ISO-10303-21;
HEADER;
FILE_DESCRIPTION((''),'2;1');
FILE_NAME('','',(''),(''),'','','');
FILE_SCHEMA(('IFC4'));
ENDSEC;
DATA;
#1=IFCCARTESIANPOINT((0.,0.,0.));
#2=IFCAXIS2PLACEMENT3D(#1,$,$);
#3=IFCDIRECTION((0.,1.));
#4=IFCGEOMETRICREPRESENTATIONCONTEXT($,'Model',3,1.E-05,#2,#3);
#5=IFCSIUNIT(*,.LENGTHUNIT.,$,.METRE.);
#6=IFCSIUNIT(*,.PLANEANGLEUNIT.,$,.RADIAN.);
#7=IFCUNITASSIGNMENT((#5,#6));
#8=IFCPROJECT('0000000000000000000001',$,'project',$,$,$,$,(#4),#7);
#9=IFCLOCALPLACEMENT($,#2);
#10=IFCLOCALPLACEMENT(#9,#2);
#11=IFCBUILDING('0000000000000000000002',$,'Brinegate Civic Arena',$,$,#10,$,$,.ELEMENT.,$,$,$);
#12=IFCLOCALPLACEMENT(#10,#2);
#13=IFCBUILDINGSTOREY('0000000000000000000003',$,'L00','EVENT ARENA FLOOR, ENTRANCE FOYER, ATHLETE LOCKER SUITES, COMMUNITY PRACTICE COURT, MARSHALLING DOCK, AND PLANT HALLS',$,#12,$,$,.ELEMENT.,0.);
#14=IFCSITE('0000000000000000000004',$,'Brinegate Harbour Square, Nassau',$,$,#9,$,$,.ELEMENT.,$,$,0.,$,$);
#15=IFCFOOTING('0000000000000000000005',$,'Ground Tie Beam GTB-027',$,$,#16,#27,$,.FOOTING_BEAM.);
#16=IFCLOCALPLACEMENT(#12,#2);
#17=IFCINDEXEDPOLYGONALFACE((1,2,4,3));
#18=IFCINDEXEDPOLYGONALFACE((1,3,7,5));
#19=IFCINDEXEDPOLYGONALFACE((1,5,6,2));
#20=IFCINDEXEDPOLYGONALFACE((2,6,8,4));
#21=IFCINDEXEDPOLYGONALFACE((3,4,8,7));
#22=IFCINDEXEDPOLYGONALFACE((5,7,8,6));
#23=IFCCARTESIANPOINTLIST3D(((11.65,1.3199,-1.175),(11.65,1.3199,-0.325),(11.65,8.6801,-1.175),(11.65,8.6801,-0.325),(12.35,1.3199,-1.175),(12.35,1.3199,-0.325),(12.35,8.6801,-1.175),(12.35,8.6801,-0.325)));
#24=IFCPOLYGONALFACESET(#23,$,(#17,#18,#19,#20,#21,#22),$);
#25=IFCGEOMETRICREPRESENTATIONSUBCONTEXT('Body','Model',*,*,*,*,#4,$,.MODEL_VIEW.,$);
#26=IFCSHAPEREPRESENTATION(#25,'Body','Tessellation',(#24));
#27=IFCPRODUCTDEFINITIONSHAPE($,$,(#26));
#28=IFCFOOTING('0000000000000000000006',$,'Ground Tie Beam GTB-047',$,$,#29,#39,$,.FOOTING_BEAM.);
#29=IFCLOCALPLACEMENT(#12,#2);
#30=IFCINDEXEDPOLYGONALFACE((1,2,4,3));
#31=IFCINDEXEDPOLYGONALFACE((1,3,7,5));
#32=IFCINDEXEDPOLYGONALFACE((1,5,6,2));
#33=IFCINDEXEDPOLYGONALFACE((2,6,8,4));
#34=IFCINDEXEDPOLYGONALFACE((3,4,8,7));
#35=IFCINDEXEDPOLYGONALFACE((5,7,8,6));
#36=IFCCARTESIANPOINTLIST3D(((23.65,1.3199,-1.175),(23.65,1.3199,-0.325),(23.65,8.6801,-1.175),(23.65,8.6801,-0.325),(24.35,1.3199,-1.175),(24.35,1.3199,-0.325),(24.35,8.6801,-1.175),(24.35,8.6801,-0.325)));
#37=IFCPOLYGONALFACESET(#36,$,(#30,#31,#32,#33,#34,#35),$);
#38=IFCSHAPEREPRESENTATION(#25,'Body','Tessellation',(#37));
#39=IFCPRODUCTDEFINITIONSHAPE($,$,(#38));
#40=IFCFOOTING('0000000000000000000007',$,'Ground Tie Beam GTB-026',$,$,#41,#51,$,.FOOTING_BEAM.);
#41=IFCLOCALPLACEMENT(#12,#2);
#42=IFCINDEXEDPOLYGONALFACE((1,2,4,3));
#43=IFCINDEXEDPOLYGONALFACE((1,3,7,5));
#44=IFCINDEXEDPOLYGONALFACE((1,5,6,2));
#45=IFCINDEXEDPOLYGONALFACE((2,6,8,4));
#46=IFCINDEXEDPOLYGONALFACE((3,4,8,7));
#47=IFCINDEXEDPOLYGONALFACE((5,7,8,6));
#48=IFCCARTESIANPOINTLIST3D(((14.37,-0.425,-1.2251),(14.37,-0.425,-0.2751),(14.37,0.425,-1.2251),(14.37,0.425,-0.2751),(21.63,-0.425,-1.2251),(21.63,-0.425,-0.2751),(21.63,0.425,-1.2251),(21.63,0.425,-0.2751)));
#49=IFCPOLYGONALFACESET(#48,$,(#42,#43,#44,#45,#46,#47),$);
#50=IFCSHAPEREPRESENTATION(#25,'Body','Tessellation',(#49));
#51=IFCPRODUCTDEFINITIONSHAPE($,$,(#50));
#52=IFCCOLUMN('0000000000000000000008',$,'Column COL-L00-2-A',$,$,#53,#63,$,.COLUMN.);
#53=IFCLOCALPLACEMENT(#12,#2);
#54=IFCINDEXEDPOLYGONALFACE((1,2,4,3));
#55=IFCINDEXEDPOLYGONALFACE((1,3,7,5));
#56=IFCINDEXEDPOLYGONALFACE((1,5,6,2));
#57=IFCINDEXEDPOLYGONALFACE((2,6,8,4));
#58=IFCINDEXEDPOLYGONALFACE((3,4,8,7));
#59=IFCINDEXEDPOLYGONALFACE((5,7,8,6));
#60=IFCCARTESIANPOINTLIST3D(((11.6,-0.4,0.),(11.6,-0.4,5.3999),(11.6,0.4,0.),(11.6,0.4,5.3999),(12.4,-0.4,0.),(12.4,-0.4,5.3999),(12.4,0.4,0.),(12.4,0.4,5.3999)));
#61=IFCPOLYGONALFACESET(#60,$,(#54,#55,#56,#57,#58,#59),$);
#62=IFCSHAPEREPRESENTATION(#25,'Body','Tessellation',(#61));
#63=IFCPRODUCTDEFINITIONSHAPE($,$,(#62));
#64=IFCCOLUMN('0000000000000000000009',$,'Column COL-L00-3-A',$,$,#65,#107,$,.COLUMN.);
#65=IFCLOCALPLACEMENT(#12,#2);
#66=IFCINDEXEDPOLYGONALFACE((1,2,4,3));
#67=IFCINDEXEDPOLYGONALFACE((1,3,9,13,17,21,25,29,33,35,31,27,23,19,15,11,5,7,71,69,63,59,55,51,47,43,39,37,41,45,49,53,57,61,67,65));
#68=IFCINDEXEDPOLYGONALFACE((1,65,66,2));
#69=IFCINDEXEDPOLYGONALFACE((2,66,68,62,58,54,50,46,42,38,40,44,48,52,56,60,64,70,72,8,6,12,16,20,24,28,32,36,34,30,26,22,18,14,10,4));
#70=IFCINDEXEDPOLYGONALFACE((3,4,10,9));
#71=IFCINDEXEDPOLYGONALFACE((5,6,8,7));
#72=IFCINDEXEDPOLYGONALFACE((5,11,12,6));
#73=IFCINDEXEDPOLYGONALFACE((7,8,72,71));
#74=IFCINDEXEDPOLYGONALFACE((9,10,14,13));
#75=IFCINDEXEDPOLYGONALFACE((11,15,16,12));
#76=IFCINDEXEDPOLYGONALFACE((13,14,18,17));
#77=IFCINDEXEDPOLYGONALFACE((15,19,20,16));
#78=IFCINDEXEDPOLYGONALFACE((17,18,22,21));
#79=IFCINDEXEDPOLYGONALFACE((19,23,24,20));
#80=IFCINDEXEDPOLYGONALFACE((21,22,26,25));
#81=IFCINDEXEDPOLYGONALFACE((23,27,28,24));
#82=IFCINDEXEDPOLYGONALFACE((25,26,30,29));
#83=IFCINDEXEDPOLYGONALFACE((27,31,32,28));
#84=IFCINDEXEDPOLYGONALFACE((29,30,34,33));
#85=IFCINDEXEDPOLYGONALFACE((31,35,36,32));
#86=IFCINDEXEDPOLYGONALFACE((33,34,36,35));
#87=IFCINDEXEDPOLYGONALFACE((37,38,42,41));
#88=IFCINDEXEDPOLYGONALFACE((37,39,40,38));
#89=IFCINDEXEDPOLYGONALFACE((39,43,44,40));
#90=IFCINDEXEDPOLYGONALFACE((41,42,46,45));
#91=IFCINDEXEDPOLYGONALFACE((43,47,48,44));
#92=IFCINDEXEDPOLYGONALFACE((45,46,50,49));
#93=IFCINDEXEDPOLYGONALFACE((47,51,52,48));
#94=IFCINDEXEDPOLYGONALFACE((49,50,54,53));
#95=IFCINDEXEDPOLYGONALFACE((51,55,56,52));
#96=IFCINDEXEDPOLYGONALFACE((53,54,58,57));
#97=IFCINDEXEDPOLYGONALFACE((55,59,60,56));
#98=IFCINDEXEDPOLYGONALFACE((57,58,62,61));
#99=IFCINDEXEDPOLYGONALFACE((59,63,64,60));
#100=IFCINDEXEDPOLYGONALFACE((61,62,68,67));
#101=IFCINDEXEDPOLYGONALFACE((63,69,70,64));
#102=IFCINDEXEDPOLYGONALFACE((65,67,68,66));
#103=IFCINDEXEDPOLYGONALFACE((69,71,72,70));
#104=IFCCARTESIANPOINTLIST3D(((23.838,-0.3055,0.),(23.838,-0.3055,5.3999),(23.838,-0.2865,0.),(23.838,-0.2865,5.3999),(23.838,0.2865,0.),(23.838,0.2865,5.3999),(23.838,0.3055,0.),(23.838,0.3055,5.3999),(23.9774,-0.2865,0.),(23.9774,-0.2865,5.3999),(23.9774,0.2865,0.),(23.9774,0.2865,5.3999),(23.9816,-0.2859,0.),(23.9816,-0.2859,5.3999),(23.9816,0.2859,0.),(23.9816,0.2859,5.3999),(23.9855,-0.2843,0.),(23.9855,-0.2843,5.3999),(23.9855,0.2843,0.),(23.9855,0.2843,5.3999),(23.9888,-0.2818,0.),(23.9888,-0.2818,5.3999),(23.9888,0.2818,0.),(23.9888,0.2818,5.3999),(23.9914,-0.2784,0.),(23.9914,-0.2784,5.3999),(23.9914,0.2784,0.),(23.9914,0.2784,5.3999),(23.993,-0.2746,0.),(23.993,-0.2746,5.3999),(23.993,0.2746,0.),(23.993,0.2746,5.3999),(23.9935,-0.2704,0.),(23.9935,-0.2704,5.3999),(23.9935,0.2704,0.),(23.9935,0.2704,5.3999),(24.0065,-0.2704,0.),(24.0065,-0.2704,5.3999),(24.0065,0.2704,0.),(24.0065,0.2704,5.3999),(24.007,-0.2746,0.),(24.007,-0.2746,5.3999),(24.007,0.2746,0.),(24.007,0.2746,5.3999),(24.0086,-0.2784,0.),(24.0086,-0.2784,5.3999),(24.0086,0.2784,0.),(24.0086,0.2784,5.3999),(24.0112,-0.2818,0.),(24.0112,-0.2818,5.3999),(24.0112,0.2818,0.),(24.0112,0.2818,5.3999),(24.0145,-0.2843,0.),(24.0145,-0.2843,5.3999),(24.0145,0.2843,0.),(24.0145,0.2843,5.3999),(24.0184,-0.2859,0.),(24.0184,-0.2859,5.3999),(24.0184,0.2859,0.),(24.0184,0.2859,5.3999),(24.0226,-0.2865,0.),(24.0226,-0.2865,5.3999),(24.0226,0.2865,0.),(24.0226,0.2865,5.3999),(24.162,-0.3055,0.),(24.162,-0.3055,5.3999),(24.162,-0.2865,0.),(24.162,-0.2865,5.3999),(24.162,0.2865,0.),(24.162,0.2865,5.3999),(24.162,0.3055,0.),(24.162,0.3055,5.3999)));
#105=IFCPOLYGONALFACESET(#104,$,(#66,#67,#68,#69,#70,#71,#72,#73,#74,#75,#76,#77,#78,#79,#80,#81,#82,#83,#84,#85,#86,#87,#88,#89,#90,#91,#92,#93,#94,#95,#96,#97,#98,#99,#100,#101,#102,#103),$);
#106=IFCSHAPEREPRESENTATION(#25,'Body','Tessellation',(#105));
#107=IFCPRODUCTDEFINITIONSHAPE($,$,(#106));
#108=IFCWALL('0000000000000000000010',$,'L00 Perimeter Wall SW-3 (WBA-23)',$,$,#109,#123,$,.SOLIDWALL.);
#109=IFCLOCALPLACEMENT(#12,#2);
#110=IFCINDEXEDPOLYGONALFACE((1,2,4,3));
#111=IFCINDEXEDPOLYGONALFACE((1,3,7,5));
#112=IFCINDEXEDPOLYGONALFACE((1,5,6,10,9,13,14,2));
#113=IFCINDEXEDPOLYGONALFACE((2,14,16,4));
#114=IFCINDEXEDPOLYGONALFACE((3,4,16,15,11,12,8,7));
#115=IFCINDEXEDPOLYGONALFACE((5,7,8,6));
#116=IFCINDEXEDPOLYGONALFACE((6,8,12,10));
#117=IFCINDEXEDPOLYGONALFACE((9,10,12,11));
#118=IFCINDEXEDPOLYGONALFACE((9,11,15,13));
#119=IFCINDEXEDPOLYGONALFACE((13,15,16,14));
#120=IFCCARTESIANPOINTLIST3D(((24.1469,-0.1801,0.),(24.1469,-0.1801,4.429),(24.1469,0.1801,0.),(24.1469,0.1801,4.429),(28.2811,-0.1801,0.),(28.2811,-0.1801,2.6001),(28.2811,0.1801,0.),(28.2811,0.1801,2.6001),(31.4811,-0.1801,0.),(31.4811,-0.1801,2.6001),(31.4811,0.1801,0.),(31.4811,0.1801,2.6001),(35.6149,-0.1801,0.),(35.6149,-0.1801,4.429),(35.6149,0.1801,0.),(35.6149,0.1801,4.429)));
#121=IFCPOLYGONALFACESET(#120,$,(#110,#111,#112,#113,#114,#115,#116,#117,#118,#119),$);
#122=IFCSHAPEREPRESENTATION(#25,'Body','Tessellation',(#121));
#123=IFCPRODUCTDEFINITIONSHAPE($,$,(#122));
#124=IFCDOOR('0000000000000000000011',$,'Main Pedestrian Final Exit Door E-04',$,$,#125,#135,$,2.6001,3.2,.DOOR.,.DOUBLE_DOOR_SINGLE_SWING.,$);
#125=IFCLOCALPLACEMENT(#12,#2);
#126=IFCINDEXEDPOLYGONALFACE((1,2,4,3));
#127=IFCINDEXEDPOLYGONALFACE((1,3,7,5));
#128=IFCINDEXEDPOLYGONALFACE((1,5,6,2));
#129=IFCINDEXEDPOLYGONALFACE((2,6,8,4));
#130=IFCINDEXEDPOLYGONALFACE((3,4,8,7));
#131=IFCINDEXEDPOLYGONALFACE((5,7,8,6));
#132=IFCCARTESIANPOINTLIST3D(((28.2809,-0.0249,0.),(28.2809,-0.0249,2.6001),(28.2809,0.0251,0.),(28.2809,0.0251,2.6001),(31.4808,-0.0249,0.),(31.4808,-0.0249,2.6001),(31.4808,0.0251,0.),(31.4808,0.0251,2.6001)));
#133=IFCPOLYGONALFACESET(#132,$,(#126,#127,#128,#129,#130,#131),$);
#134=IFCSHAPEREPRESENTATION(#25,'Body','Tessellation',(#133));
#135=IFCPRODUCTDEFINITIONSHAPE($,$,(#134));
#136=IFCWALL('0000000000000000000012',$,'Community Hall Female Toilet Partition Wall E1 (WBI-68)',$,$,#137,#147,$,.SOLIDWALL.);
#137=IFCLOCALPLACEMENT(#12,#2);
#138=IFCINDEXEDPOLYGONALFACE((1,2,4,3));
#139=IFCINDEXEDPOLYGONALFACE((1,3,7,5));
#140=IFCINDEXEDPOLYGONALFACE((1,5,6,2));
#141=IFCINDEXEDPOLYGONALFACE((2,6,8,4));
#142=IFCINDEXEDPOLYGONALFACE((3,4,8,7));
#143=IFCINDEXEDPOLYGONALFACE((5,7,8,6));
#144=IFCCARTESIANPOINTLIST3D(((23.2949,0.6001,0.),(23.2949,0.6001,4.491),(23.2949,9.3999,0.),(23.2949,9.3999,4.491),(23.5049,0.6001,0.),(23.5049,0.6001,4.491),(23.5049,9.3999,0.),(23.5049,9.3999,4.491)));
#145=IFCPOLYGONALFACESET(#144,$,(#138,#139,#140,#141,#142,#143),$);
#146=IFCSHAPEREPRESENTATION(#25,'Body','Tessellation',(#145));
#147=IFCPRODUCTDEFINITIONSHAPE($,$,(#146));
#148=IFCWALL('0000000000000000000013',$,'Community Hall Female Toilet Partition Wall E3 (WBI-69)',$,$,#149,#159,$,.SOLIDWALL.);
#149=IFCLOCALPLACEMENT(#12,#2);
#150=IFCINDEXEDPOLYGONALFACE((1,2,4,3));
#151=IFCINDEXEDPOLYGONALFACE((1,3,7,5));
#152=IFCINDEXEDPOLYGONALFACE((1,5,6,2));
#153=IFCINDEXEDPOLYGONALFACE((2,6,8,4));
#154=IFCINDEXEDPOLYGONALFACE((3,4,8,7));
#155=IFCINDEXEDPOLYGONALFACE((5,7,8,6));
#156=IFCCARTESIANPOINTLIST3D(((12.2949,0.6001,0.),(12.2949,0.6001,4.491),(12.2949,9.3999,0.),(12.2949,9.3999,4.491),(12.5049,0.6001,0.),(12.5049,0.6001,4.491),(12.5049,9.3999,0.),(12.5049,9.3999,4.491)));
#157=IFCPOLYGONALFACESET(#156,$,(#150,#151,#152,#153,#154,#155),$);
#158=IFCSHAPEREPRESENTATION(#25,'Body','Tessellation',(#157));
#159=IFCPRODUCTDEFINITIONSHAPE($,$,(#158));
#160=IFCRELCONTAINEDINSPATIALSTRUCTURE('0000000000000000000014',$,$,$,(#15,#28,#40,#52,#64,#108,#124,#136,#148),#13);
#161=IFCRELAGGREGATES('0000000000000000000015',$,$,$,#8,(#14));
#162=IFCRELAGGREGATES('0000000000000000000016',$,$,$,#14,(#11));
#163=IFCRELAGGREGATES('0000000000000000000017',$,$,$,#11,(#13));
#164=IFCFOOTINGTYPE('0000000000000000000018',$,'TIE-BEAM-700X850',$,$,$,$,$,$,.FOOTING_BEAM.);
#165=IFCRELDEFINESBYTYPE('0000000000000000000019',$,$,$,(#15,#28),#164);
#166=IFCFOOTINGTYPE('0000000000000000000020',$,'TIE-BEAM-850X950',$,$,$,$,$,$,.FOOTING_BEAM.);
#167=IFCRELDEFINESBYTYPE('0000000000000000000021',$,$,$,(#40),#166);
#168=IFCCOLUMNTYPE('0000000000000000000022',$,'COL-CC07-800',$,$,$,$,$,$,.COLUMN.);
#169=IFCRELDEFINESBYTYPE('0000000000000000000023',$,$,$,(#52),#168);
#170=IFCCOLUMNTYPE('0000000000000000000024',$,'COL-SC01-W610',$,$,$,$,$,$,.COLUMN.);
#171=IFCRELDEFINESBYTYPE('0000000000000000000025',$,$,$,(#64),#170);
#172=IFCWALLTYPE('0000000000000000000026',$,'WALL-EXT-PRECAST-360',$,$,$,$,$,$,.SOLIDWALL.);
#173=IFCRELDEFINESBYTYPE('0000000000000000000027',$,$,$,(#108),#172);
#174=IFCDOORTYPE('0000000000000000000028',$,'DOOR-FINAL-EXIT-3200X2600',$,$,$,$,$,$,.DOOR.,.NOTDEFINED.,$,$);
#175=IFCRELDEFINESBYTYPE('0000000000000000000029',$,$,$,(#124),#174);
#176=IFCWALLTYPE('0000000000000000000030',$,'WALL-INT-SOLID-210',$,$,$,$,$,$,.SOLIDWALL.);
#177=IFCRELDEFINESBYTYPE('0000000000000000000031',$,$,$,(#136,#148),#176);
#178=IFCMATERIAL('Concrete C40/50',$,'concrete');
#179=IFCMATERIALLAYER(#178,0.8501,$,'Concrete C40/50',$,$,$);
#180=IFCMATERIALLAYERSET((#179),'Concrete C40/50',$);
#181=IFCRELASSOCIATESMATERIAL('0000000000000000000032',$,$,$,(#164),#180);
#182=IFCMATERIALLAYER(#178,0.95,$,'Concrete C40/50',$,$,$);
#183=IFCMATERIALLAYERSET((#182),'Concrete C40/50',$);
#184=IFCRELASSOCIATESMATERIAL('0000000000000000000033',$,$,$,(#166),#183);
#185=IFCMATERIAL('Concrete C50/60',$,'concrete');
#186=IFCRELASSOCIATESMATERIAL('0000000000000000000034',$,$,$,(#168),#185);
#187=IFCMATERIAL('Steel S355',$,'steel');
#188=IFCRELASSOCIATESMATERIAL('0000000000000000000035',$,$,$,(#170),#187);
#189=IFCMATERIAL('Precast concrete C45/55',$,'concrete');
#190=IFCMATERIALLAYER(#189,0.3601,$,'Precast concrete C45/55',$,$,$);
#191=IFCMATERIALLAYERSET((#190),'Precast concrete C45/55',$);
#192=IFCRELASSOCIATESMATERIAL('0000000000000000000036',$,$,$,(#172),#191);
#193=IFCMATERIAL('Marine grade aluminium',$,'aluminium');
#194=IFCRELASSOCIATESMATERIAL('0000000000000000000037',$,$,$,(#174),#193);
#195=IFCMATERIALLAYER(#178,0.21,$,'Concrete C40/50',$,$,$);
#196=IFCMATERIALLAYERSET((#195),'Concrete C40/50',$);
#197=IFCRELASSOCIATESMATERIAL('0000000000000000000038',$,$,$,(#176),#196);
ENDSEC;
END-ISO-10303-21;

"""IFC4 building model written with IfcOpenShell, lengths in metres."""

from ifc_helpers import new_model, si_unit, direction, frame, frame_2d, origin, origin_2d, place, context, subcontext, project, spatial, rectangle, i_section, extrude, material, layer, layer_set, material_profile, profile_set, type_object, element, fill, save


model = new_model("IFC4")

# Units and contexts
model_context = context("Model", 3, precision=1e-05, world=origin(), true_north=direction((0.0, 1.0)))
body_context = subcontext(model_context, "Body", "Model", "MODEL_VIEW")
ifc_project = project(units=[si_unit("LENGTHUNIT", "METRE"), si_unit("PLANEANGLEUNIT", "RADIAN")], contexts=[model_context])

# Site, building, storey
site_placement = place(None, origin())
site = spatial("IfcSite", under=ifc_project, at=site_placement, Name="Brinegate Harbour Square, Nassau", CompositionType="ELEMENT", RefElevation=0.0)
building_placement = place(site_placement, origin())
building = spatial("IfcBuilding", under=site, at=building_placement, Name="Brinegate Civic Arena", CompositionType="ELEMENT")
storey_placement = place(building_placement, origin())
storey = spatial("IfcBuildingStorey", under=building, at=storey_placement, Name="L00", Description="EVENT ARENA FLOOR, ENTRANCE FOYER, ATHLETE LOCKER SUITES, COMMUNITY PRACTICE COURT, MARSHALLING DOCK, AND PLANT HALLS", CompositionType="ELEMENT", Elevation=0.0)

# Shared definitions
ifc_material_1 = material(Name="Concrete C40/50", Category="concrete")

# Footings
ifc_layer_1 = layer(ifc_material_1, 0.8501, Name="Concrete C40/50")
ifc_layer_set_1 = layer_set([ifc_layer_1], Name="Concrete C40/50")
footing_type_1 = type_object("IfcFootingType", Name="TIE-BEAM-700X850", PredefinedType="FOOTING_BEAM", material=ifc_layer_set_1)
for number, where, z_axis, x_axis, name in (
    (1, (12.0, 5.0, -1.175), (0.0, 0.0, 1.0), (0.0, 1.0, 0.0), "Ground Tie Beam GTB-027"),
    (2, (24.0, 5.0, -1.175), (0.0, 0.0, 1.0), (0.0, 1.0, 0.0), "Ground Tie Beam GTB-047"),
):
    element("IfcFooting", number, at=place(storey_placement, frame(where, z_axis=z_axis, x_axis=x_axis)), inside=storey, type_object=footing_type_1, Name=name, PredefinedType="FOOTING_BEAM", context=body_context, shape_type="SweptSolid", body=[
        extrude(rectangle(XDim=7.3601, YDim=0.7, at=origin_2d()), origin(), (0.0, 0.0, 1.0), 0.8501),
    ])
ifc_layer_2 = layer(ifc_material_1, 0.95, Name="Concrete C40/50")
ifc_layer_set_2 = layer_set([ifc_layer_2], Name="Concrete C40/50")
footing_type_2 = type_object("IfcFootingType", Name="TIE-BEAM-850X950", PredefinedType="FOOTING_BEAM", material=ifc_layer_set_2)
footing_placement = place(storey_placement, frame((18.0, 0.0, -1.2251), z_axis=(0.0, 0.0, 1.0), x_axis=(1.0, 0.0, 0.0)))
element("IfcFooting", 3, at=footing_placement, inside=storey, type_object=footing_type_2, Name="Ground Tie Beam GTB-026", PredefinedType="FOOTING_BEAM", context=body_context, shape_type="SweptSolid", body=[
    extrude(rectangle(XDim=7.26, YDim=0.8501, at=origin_2d()), origin(), (0.0, 0.0, 1.0), 0.95),
])

# Columns
ifc_material_2 = material(Name="Concrete C50/60", Category="concrete")
ifc_material_profile_1 = material_profile(ifc_material_2, rectangle(XDim=0.8, YDim=0.8, at=origin_2d()), Name="RC800X800")
ifc_profile_set_1 = profile_set([ifc_material_profile_1], Name="Concrete C50/60")
column_type_1 = type_object("IfcColumnType", Name="COL-CC07-800", PredefinedType="COLUMN", material=ifc_profile_set_1)
column_1_placement = place(storey_placement, frame((12.0, 0.0, 0.0), z_axis=(0.0, 0.0, 1.0), x_axis=(1.0, 0.0, 0.0)))
element("IfcColumn", 4, at=column_1_placement, inside=storey, type_object=column_type_1, Name="Column COL-L00-2-A", PredefinedType="COLUMN", context=body_context, shape_type="SweptSolid", body=[
    extrude(rectangle(XDim=0.8, YDim=0.8, at=origin_2d()), origin(), (0.0, 0.0, 1.0), 5.3999),
])
ifc_material_3 = material(Name="Steel S355", Category="steel")
ifc_material_profile_2 = material_profile(ifc_material_3, i_section(OverallWidth=0.324, OverallDepth=0.6111, WebThickness=0.0129, FlangeThickness=0.019, FilletRadius=0.0161, at=origin_2d()), Name="W610X155")
ifc_profile_set_2 = profile_set([ifc_material_profile_2], Name="Steel S355")
column_type_2 = type_object("IfcColumnType", Name="COL-SC01-W610", PredefinedType="COLUMN", material=ifc_profile_set_2)
column_2_placement = place(storey_placement, frame((24.0, 0.0, 0.0), z_axis=(0.0, 0.0, 1.0), x_axis=(1.0, 0.0, 0.0)))
element("IfcColumn", 5, at=column_2_placement, inside=storey, type_object=column_type_2, Name="Column COL-L00-3-A", PredefinedType="COLUMN", context=body_context, shape_type="SweptSolid", body=[
    extrude(i_section(OverallWidth=0.324, OverallDepth=0.6111, WebThickness=0.0129, FlangeThickness=0.019, FilletRadius=0.0161, at=origin_2d()), origin(), (0.0, 0.0, 1.0), 5.3999),
])

# Wall, opening, door
ifc_material_4 = material(Name="Precast concrete C45/55", Category="concrete")
ifc_layer_3 = layer(ifc_material_4, 0.3601, Name="Precast concrete C45/55")
ifc_layer_set_3 = layer_set([ifc_layer_3], Name="Precast concrete C45/55")
wall_type_1 = type_object("IfcWallType", Name="WALL-EXT-PRECAST-360", PredefinedType="SOLIDWALL", material=ifc_layer_set_3)
ifc_material_5 = material(Name="Marine grade aluminium", Category="aluminium")
wall_1_placement = place(storey_placement, frame((24.147, 0.0, 0.0), z_axis=(0.0, 0.0, 1.0), x_axis=(1.0, 0.0, 0.0)))
wall_1 = element("IfcWall", 6, at=wall_1_placement, inside=storey, type_object=wall_type_1, Name="L00 Perimeter Wall SW-3 (WBA-23)", PredefinedType="SOLIDWALL", context=body_context, shape_type="SweptSolid", body=[
    extrude(rectangle(XDim=11.468, YDim=0.3601, at=frame_2d((5.7339, 0.0))), origin(), (0.0, 0.0, 1.0), 4.429),
])
opening_1_placement = place(wall_1_placement, frame((4.134, 0.0, 0.0)))
opening_1 = element("IfcOpeningElement", 7, at=opening_1_placement, cuts=wall_1, PredefinedType="OPENING", context=body_context, shape_type="SweptSolid", body=[
    extrude(rectangle(XDim=3.2, YDim=2.6001, at=frame_2d((1.6001, 1.3))), frame((0.0, 0.1899, 0.0), z_axis=(0.0, -1.0, 0.0), x_axis=(1.0, 0.0, 0.0)), (0.0, 0.0, 1.0), 0.3801),
])
door_type_1 = type_object("IfcDoorType", Name="DOOR-FINAL-EXIT-3200X2600", OperationType="NOTDEFINED", PredefinedType="DOOR", material=ifc_material_5)
door_1_placement = place(opening_1_placement, frame((3.2, 0.0, 0.0), z_axis=(0.0, 0.0, 1.0), x_axis=(-1.0, 0.0, 0.0)))
door_1 = element("IfcDoor", 8, at=door_1_placement, inside=storey, type_object=door_type_1, Name="Main Pedestrian Final Exit Door E-04", OperationType="DOUBLE_DOOR_SINGLE_SWING", OverallHeight=2.6001, OverallWidth=3.2, PredefinedType="DOOR", context=body_context, shape_type="SweptSolid", body=[
    extrude(rectangle(XDim=3.2, YDim=2.6001, at=frame_2d((1.6001, 1.3))), frame((0.0, 0.0249, 0.0), z_axis=(0.0, -1.0, 0.0), x_axis=(1.0, 0.0, 0.0)), (0.0, 0.0, 1.0), 0.05),
])
fill(opening_1, door_1)

# Walls
ifc_layer_4 = layer(ifc_material_1, 0.21, Name="Concrete C40/50")
ifc_layer_set_4 = layer_set([ifc_layer_4], Name="Concrete C40/50")
wall_type_2 = type_object("IfcWallType", Name="WALL-INT-SOLID-210", PredefinedType="SOLIDWALL", material=ifc_layer_set_4)
for number, where, z_axis, x_axis, name in (
    (9, (23.3999, 9.3999, 0.0), (0.0, 0.0, 1.0), (0.0, -1.0, 0.0), "Community Hall Female Toilet Partition Wall E1 (WBI-68)"),
    (10, (12.3999, 0.6001, 0.0), (0.0, 0.0, 1.0), (0.0, 1.0, 0.0), "Community Hall Female Toilet Partition Wall E3 (WBI-69)"),
):
    element("IfcWall", number, at=place(storey_placement, frame(where, z_axis=z_axis, x_axis=x_axis)), inside=storey, type_object=wall_type_2, Name=name, PredefinedType="SOLIDWALL", context=body_context, shape_type="SweptSolid", body=[
        extrude(rectangle(XDim=8.7998, YDim=0.21, at=frame_2d((4.3999, 0.0))), origin(), (0.0, 0.0, 1.0), 4.491),
    ])

save(model, "model.ifc")
